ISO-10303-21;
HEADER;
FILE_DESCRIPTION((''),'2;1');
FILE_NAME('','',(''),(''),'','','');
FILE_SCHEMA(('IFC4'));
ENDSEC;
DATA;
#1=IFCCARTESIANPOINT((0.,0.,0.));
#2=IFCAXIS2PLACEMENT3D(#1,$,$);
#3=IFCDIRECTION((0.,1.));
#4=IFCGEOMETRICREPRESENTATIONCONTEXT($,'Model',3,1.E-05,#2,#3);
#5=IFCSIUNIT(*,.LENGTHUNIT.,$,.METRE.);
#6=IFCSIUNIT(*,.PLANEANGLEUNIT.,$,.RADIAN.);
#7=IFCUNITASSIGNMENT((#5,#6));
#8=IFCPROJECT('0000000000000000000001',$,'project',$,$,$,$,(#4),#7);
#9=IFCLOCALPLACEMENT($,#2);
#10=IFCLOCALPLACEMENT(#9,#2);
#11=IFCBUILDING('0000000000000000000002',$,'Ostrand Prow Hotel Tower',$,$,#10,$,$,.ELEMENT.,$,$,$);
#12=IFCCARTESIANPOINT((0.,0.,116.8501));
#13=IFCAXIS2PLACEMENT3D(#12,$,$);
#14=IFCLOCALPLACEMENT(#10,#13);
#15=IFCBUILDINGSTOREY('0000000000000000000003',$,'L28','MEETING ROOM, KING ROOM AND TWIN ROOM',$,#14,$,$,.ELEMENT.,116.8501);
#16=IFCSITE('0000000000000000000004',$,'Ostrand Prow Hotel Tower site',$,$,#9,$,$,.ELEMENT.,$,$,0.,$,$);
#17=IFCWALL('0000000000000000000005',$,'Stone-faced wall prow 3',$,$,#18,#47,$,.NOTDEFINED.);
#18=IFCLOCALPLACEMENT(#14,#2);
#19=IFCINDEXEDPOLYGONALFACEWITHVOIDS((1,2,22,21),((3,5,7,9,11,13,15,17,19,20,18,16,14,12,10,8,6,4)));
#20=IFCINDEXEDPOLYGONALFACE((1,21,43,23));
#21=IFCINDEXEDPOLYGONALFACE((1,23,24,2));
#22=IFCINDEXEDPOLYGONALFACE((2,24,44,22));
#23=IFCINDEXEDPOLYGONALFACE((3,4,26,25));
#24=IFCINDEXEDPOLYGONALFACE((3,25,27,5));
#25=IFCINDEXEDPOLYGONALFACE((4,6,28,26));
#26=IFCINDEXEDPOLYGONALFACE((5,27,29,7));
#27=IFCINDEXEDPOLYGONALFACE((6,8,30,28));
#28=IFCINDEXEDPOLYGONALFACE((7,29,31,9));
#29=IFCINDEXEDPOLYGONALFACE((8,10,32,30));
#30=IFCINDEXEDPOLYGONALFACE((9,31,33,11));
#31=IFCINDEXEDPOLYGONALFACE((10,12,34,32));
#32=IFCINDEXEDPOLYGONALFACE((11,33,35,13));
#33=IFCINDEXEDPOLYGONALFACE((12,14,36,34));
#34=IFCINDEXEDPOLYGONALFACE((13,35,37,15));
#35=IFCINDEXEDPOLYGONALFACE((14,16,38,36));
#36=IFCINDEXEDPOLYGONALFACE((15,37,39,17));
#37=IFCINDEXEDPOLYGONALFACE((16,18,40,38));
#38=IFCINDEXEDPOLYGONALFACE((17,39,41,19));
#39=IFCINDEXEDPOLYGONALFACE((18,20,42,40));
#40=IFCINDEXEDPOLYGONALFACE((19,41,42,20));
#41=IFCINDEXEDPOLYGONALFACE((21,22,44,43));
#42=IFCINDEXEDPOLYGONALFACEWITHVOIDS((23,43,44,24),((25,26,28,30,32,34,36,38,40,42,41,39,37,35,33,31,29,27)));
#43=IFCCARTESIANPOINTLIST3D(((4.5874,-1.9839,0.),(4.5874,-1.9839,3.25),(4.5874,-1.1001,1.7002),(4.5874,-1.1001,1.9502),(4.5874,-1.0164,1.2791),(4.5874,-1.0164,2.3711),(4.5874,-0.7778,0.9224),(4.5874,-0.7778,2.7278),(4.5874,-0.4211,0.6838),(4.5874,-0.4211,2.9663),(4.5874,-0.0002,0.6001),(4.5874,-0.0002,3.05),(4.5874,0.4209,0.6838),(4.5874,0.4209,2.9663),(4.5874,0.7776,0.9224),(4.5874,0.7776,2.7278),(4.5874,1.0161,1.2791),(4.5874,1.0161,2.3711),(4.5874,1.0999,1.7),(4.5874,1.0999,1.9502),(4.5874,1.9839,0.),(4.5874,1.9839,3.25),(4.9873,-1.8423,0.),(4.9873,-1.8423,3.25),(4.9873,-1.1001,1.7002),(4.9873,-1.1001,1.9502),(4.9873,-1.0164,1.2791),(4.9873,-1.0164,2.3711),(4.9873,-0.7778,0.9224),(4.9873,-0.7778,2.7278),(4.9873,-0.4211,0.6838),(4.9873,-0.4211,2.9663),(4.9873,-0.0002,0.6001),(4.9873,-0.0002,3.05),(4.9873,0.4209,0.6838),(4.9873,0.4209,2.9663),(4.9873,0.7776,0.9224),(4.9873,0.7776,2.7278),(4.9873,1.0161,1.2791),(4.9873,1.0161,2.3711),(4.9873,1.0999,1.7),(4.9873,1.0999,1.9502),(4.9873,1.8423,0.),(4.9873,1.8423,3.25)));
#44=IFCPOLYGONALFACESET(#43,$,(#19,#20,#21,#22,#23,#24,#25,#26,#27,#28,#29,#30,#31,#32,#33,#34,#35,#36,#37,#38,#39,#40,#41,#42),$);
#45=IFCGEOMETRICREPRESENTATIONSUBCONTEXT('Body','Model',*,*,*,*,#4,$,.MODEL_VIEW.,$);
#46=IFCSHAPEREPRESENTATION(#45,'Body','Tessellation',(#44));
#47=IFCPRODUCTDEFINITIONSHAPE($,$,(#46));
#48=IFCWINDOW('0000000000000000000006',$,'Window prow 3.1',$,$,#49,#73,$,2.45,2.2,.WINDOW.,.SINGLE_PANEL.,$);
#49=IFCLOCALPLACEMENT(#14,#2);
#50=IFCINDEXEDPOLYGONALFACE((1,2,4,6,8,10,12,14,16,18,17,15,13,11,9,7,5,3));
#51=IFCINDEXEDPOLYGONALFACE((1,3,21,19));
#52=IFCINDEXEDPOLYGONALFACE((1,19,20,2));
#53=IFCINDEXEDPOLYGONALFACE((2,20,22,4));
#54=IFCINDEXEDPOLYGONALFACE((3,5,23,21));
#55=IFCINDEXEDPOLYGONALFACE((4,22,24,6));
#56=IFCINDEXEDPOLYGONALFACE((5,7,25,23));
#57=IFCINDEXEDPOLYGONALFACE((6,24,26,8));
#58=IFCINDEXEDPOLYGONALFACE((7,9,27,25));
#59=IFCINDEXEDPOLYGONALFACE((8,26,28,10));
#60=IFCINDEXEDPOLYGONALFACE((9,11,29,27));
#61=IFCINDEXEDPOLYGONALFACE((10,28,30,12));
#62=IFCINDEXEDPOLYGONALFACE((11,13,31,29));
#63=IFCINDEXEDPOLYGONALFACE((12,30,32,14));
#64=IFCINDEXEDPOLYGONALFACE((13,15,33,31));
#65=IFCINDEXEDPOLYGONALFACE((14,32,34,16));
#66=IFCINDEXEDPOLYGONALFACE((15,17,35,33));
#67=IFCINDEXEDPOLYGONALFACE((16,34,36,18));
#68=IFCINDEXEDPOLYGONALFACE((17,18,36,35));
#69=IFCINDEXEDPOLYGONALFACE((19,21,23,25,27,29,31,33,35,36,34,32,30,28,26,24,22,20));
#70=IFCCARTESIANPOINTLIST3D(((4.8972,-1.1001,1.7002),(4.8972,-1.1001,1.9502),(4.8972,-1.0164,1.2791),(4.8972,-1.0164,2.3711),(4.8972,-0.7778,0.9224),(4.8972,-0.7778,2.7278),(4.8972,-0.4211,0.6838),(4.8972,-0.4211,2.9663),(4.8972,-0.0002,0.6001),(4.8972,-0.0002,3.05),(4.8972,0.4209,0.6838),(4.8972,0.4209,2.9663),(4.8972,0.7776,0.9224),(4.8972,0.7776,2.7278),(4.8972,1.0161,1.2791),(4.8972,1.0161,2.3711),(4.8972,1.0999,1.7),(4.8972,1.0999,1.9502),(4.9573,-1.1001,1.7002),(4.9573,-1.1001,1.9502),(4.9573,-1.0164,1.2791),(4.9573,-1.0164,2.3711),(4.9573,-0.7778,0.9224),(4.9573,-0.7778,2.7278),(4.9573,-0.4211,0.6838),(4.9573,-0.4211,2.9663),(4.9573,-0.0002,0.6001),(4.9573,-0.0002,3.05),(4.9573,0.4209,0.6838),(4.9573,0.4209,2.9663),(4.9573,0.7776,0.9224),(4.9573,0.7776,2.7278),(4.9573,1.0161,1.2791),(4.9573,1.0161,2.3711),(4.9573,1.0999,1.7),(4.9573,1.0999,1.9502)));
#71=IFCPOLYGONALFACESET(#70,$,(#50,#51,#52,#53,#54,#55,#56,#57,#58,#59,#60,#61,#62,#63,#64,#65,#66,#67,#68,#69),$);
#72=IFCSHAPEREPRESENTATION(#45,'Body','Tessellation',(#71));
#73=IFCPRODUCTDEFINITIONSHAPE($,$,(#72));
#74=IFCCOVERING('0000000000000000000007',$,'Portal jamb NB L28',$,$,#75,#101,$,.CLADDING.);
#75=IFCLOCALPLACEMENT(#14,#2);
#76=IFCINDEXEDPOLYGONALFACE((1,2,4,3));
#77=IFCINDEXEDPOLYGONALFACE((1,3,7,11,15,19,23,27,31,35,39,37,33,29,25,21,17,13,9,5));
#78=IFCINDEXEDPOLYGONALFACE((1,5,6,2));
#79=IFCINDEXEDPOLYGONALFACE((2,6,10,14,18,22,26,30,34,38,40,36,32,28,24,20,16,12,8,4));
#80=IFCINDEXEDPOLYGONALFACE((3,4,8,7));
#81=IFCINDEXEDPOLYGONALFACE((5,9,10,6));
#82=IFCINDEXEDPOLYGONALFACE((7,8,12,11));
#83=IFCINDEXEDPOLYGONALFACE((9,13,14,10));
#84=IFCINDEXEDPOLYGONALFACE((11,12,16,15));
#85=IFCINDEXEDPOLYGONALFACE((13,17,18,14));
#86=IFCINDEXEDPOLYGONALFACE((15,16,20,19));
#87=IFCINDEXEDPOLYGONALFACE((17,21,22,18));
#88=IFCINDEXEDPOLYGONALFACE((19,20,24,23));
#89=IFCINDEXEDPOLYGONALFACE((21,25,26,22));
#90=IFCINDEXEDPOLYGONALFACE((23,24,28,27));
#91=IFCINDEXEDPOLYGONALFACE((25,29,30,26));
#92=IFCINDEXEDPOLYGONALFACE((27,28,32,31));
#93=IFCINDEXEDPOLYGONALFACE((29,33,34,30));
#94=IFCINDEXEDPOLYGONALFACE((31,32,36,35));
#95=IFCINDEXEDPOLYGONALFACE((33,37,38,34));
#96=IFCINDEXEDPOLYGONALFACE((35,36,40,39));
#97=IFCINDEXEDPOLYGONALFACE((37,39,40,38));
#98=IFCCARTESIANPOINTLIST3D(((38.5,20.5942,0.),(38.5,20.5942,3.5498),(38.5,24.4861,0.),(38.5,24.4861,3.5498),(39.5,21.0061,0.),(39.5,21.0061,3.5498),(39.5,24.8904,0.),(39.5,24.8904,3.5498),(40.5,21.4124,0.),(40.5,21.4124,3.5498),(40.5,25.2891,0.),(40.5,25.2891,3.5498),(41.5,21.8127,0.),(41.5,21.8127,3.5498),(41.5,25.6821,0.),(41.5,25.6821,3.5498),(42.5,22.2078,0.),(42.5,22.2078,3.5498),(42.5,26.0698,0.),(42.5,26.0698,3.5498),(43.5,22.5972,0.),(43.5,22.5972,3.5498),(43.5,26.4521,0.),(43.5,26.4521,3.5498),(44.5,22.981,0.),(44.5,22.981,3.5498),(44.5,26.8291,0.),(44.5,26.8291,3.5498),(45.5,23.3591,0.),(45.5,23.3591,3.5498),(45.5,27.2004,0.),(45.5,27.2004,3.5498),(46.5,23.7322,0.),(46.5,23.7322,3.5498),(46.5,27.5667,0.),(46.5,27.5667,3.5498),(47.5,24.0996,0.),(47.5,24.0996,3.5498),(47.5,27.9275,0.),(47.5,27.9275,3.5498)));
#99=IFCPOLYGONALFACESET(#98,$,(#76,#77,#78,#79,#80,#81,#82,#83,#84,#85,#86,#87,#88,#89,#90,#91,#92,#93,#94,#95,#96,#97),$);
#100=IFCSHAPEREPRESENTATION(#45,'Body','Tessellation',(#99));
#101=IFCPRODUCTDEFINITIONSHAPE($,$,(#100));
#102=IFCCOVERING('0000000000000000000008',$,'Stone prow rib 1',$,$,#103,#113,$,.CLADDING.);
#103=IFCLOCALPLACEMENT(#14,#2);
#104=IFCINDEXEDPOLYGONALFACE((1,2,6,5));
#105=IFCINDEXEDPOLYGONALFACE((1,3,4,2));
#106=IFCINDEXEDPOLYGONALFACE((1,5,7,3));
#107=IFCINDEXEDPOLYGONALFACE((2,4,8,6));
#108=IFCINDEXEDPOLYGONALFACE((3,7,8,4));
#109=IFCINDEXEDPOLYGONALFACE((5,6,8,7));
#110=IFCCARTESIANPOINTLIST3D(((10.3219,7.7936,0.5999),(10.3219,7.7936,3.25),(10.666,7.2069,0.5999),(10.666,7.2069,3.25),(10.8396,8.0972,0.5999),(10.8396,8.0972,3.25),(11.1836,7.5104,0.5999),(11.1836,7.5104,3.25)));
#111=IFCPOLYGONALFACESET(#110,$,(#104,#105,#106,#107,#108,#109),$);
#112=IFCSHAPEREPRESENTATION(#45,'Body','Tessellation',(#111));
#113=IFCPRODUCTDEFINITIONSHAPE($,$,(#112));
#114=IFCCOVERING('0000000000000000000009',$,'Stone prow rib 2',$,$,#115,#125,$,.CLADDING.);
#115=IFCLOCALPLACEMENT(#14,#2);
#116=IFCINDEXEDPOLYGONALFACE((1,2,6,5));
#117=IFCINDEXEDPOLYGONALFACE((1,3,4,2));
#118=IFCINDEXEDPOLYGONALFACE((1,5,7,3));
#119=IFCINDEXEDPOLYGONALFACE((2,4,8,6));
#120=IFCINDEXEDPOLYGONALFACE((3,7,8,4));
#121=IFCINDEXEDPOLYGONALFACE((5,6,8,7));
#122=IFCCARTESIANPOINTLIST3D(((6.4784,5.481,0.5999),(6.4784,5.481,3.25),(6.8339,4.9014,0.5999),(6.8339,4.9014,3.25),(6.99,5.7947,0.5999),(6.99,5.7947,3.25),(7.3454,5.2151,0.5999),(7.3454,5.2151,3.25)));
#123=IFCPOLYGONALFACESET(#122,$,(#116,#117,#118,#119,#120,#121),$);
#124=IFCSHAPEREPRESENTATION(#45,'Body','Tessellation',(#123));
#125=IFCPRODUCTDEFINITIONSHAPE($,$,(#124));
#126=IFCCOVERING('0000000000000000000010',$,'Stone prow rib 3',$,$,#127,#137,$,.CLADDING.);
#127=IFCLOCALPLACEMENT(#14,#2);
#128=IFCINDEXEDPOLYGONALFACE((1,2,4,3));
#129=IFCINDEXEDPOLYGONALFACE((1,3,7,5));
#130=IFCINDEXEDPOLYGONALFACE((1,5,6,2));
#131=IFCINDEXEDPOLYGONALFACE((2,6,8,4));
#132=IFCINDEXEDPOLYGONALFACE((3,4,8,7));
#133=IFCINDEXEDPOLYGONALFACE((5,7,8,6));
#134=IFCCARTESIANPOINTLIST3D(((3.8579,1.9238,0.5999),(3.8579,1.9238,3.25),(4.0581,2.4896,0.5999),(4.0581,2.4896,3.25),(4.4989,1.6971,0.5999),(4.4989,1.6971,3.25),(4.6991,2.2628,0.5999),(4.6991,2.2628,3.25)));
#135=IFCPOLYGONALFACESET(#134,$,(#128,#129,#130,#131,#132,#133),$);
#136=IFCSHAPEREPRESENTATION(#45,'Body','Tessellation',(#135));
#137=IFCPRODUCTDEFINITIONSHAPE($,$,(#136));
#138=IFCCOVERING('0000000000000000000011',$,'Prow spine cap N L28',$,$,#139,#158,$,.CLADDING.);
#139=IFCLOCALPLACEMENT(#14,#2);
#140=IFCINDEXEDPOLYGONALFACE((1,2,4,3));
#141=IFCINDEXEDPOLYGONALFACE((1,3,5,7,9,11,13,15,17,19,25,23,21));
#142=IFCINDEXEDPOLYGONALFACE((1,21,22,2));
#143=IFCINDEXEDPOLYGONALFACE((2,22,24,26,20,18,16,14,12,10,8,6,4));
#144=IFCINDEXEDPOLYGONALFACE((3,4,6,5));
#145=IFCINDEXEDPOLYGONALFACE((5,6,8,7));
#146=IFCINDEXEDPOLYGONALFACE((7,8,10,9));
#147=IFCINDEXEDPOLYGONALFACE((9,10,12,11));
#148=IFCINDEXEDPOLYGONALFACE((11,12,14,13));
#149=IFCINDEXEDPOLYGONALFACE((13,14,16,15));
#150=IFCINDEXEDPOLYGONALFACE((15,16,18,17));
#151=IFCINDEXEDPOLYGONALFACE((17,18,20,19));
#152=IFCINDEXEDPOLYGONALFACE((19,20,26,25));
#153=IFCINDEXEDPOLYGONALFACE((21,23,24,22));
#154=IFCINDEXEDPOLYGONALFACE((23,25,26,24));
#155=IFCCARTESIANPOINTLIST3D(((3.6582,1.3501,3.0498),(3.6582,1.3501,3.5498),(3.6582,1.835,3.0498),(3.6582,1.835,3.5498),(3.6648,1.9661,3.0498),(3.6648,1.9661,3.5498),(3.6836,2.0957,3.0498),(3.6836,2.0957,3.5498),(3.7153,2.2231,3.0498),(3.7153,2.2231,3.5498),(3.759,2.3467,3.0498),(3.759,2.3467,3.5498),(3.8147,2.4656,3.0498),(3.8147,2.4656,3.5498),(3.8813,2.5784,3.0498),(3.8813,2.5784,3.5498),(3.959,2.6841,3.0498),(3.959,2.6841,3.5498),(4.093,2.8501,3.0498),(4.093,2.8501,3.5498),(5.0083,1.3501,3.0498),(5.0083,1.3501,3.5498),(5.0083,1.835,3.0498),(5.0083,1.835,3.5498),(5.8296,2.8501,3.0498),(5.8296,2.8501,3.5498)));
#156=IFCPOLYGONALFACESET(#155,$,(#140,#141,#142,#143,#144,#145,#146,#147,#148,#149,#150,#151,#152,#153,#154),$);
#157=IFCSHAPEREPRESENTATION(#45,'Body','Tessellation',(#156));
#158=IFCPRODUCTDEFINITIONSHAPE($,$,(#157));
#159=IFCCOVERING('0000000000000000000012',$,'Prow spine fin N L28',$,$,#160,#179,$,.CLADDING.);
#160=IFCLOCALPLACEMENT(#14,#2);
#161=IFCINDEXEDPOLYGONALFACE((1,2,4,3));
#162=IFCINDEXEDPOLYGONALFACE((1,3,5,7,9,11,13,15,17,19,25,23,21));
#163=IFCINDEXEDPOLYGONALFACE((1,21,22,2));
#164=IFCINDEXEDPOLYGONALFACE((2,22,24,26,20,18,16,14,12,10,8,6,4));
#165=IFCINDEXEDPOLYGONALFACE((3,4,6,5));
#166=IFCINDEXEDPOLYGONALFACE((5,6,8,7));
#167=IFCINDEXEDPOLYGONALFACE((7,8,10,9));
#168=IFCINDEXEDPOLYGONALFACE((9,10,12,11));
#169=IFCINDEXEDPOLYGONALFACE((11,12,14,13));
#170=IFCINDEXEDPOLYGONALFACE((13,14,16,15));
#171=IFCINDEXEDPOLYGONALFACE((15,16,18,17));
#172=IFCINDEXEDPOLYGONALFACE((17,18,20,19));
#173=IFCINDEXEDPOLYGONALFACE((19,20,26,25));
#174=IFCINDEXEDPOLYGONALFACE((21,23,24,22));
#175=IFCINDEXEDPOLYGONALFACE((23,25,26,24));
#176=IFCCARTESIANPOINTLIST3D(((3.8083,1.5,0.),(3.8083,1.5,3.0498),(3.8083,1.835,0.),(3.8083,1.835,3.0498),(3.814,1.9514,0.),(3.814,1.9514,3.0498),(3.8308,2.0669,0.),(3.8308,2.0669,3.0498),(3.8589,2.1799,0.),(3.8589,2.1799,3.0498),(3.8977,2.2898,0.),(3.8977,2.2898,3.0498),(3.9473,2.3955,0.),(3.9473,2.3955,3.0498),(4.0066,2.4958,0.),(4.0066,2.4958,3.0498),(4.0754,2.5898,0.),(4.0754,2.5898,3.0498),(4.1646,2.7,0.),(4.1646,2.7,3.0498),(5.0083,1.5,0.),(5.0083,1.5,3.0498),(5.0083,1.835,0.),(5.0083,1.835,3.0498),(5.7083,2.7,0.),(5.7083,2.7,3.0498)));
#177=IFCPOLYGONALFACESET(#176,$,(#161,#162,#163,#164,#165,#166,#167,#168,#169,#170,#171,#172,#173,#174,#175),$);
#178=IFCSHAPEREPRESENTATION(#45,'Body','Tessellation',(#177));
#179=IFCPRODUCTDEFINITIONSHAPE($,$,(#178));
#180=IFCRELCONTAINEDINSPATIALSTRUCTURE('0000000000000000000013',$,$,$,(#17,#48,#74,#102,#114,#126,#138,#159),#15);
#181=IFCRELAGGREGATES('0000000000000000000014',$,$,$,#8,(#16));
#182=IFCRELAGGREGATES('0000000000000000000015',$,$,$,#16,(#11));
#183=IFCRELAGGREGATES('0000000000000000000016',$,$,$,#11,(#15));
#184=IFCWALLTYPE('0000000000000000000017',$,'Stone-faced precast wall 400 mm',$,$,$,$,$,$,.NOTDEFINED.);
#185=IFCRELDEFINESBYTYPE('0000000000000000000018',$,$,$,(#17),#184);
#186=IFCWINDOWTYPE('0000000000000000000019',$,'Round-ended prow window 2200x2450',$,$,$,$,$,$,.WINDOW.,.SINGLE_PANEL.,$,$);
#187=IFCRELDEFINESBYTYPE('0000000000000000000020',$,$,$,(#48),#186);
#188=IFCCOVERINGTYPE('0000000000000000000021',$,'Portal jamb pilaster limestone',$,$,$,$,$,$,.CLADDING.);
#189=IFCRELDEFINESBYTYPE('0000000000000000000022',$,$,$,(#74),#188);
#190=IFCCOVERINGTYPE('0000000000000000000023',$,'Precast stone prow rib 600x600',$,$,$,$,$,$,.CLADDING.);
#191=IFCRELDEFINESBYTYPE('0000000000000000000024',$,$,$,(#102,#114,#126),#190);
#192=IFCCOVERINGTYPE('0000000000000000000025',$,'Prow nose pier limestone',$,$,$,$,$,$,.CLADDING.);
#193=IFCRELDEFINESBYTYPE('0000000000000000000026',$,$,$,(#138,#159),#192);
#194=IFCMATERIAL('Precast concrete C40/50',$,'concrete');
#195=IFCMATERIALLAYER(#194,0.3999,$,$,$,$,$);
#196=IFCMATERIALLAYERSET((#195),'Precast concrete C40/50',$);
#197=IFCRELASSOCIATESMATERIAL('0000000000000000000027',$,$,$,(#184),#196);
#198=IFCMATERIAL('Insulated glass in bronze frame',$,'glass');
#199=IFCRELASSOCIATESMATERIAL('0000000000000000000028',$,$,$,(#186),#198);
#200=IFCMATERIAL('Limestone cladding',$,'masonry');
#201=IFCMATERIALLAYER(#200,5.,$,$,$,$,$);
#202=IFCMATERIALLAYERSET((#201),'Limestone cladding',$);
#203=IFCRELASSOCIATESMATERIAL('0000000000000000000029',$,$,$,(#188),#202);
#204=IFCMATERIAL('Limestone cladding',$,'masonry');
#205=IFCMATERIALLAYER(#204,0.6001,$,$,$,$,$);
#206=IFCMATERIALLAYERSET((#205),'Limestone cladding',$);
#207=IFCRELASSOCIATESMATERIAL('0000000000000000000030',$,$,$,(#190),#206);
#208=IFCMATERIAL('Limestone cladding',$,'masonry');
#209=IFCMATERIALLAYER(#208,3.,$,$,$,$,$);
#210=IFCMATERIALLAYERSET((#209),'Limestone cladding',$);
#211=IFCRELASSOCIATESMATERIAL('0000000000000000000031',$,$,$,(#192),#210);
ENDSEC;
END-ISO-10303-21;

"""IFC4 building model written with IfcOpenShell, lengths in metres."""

from ifc_helpers import new_model, si_unit, direction, frame, frame_2d, origin, place, context, subcontext, project, spatial, polyline, rectangle, outline, extrude, material, layer, layer_set, type_object, element, fill, save


model = new_model("IFC4")

# Units and contexts
model_context = context("Model", 3, precision=1e-05, world=origin(), true_north=direction((0.0, 1.0)))
body_context = subcontext(model_context, "Body", "Model", "MODEL_VIEW")
ifc_project = project(units=[si_unit("LENGTHUNIT", "METRE"), si_unit("PLANEANGLEUNIT", "RADIAN")], contexts=[model_context])

# Site, building, storey
site_placement = place(None, origin())
site = spatial("IfcSite", under=ifc_project, at=site_placement, Name="Ostrand Prow Hotel Tower site", CompositionType="ELEMENT", RefElevation=0.0)
building_placement = place(site_placement, origin())
building = spatial("IfcBuilding", under=site, at=building_placement, Name="Ostrand Prow Hotel Tower", CompositionType="ELEMENT")
storey_placement = place(building_placement, frame((0.0, 0.0, 116.8501)))
storey = spatial("IfcBuildingStorey", under=building, at=storey_placement, Name="L28", Description="MEETING ROOM, KING ROOM AND TWIN ROOM", CompositionType="ELEMENT", Elevation=116.8501)

# Wall, opening, window
ifc_material_1 = material(Name="Precast concrete C40/50", Category="concrete")
ifc_layer_1 = layer(ifc_material_1, 0.3999)
ifc_layer_set_1 = layer_set([ifc_layer_1], Name="Precast concrete C40/50")
wall_type_1 = type_object("IfcWallType", Name="Stone-faced precast wall 400 mm", PredefinedType="NOTDEFINED", material=ifc_layer_set_1)
ifc_material_2 = material(Name="Insulated glass in bronze frame", Category="glass")
window_type = type_object("IfcWindowType", Name="Round-ended prow window 2200x2450", PartitioningType="SINGLE_PANEL", PredefinedType="WINDOW", material=ifc_material_2)
wall_1_placement = place(storey_placement, frame((4.7874, 1.9131, 0.0), z_axis=(0.0, 0.0, 1.0), x_axis=(0.0, -1.0, 0.0)))
wall_1 = element("IfcWall", 1, at=wall_1_placement, inside=storey, type_object=wall_type_1, Name="Stone-faced wall prow 3", PredefinedType="NOTDEFINED", context=body_context, shape_type="SweptSolid", body=[
    extrude(outline(polyline([(-0.0708, -0.2), (3.897, -0.2), (3.7554, 0.2), (0.0708, 0.2), (-0.0708, -0.2)])), origin(), (0.0, 0.0, 1.0), 3.25),
])
opening_1_placement = place(wall_1_placement, frame((0.8132, 0.0, 0.6001)))
opening_1 = element("IfcOpeningElement", 2, at=opening_1_placement, cuts=wall_1, PredefinedType="OPENING", context=body_context, shape_type="SweptSolid", body=[
    extrude(outline(polyline([(0.0, 1.3501), (0.0837, 1.771), (0.3223, 2.1277), (0.679, 2.3662), (1.1001, 2.45), (1.521, 2.3662), (1.8777, 2.1277), (2.1162, 1.771), (2.2, 1.3501), (2.2, 1.1001), (2.1162, 0.679), (1.8777, 0.3223), (1.521, 0.0837), (1.1001, 0.0), (0.679, 0.0837), (0.3223, 0.3223), (0.0837, 0.679), (0.0, 1.0999), (0.0, 1.3501)])), frame((0.0, 0.21, 0.0), z_axis=(0.0, -1.0, 0.0), x_axis=(1.0, 0.0, 0.0)), (0.0, 0.0, 1.0), 0.4199),
])
window_1_placement = place(opening_1_placement, origin())
window_1 = element("IfcWindow", 3, at=window_1_placement, inside=storey, type_object=window_type, Name="Window prow 3.1", OverallHeight=2.45, OverallWidth=2.2, PartitioningType="SINGLE_PANEL", PredefinedType="WINDOW", context=body_context, shape_type="SweptSolid", body=[
    extrude(outline(polyline([(0.0, 1.3501), (0.0837, 1.771), (0.3223, 2.1277), (0.679, 2.3662), (1.1001, 2.45), (1.521, 2.3662), (1.8777, 2.1277), (2.1162, 1.771), (2.2, 1.3501), (2.2, 1.1001), (2.1162, 0.679), (1.8777, 0.3223), (1.521, 0.0837), (1.1001, 0.0), (0.679, 0.0837), (0.3223, 0.3223), (0.0837, 0.679), (0.0, 1.0999), (0.0, 1.3501)])), frame((0.0, 0.1699, 0.0), z_axis=(0.0, -1.0, 0.0), x_axis=(1.0, 0.0, 0.0)), (0.0, 0.0, 1.0), 0.0601),
])
fill(opening_1, window_1)

# Coverings
ifc_material_3 = material(Name="Limestone cladding", Category="masonry")
ifc_layer_2 = layer(ifc_material_3, 5.0)
ifc_layer_set_2 = layer_set([ifc_layer_2], Name="Limestone cladding")
covering_type_1 = type_object("IfcCoveringType", Name="Portal jamb pilaster limestone", PredefinedType="CLADDING", material=ifc_layer_set_2)
covering_1_placement = place(storey_placement, origin())
element("IfcCovering", 4, at=covering_1_placement, inside=storey, type_object=covering_type_1, Name="Portal jamb NB L28", PredefinedType="CLADDING", context=body_context, shape_type="SweptSolid", body=[
    extrude(outline(polyline([(38.5, 20.5942), (39.5, 21.0061), (40.5, 21.4124), (41.5, 21.8127), (42.5, 22.2078), (43.5, 22.5972), (44.5, 22.981), (45.5, 23.3591), (46.5, 23.7322), (47.5, 24.0996), (47.5, 27.9275), (46.5, 27.5667), (45.5, 27.2004), (44.5, 26.8291), (43.5, 26.4521), (42.5, 26.0698), (41.5, 25.6821), (40.5, 25.2891), (39.5, 24.8904), (38.5, 24.4861), (38.5, 20.5942)])), origin(), (0.0, 0.0, 1.0), 3.5498),
])
ifc_material_4 = material(Name="Limestone cladding", Category="masonry")
ifc_layer_3 = layer(ifc_material_4, 0.6001)
ifc_layer_set_3 = layer_set([ifc_layer_3], Name="Limestone cladding")
covering_type_2 = type_object("IfcCoveringType", Name="Precast stone prow rib 600x600", PredefinedType="CLADDING", material=ifc_layer_set_3)
covering_2_placement = place(storey_placement, frame((10.9248, 7.3586, 0.5999), z_axis=(0.0, 0.0, 1.0), x_axis=(-0.505812, 0.862644, 0.0)))
element("IfcCovering", 5, at=covering_2_placement, inside=storey, type_object=covering_type_2, Name="Stone prow rib 1", PredefinedType="CLADDING", context=body_context, shape_type="SweptSolid", body=[
    extrude(rectangle(XDim=0.6802, YDim=0.6001, at=frame_2d((0.3401, 0.0))), origin(), (0.0, 0.0, 1.0), 2.6501),
])
for number, where, z_axis, x_axis, name in (
    (6, (7.0896, 5.0583, 0.5999), (0.0, 0.0, 1.0), (-0.522815, 0.852446, 0.0), "Stone prow rib 2"),
    (7, (4.5989, 1.98, 0.5999), (0.0, 0.0, 1.0), (-0.942745, 0.333515, 0.0), "Stone prow rib 3"),
):
    element("IfcCovering", number, at=place(storey_placement, frame(where, z_axis=z_axis, x_axis=x_axis)), inside=storey, type_object=covering_type_2, Name=name, PredefinedType="CLADDING", context=body_context, shape_type="SweptSolid", body=[
        extrude(rectangle(XDim=0.6799, YDim=0.6001, at=frame_2d((0.3398, 0.0))), origin(), (0.0, 0.0, 1.0), 2.6501),
    ])
ifc_material_5 = material(Name="Limestone cladding", Category="masonry")
ifc_layer_4 = layer(ifc_material_5, 3.0)
ifc_layer_set_4 = layer_set([ifc_layer_4], Name="Limestone cladding")
covering_type_3 = type_object("IfcCoveringType", Name="Prow nose pier limestone", PredefinedType="CLADDING", material=ifc_layer_set_4)
covering_3_placement = place(storey_placement, frame((0.0, 0.0, 3.0498)))
element("IfcCovering", 8, at=covering_3_placement, inside=storey, type_object=covering_type_3, Name="Prow spine cap N L28", PredefinedType="CLADDING", context=body_context, shape_type="SweptSolid", body=[
    extrude(outline(polyline([(3.6582, 1.835), (3.6582, 1.3501), (5.0083, 1.3501), (5.0083, 1.835), (5.8296, 2.8501), (4.093, 2.8501), (3.959, 2.6841), (3.8813, 2.5784), (3.8147, 2.4656), (3.759, 2.3467), (3.7153, 2.2231), (3.6836, 2.0957), (3.6648, 1.9661), (3.6582, 1.835)])), origin(), (0.0, 0.0, 1.0), 0.5),
])
covering_4_placement = place(storey_placement, origin())
element("IfcCovering", 9, at=covering_4_placement, inside=storey, type_object=covering_type_3, Name="Prow spine fin N L28", PredefinedType="CLADDING", context=body_context, shape_type="SweptSolid", body=[
    extrude(outline(polyline([(3.8083, 1.835), (3.8083, 1.5), (5.0083, 1.5), (5.0083, 1.835), (5.7083, 2.7), (4.1646, 2.7), (4.0754, 2.5898), (4.0066, 2.4958), (3.9473, 2.3955), (3.8977, 2.2898), (3.8589, 2.1799), (3.8308, 2.0669), (3.814, 1.9514), (3.8083, 1.835)])), origin(), (0.0, 0.0, 1.0), 3.0498),
])

save(model, "model.ifc")
